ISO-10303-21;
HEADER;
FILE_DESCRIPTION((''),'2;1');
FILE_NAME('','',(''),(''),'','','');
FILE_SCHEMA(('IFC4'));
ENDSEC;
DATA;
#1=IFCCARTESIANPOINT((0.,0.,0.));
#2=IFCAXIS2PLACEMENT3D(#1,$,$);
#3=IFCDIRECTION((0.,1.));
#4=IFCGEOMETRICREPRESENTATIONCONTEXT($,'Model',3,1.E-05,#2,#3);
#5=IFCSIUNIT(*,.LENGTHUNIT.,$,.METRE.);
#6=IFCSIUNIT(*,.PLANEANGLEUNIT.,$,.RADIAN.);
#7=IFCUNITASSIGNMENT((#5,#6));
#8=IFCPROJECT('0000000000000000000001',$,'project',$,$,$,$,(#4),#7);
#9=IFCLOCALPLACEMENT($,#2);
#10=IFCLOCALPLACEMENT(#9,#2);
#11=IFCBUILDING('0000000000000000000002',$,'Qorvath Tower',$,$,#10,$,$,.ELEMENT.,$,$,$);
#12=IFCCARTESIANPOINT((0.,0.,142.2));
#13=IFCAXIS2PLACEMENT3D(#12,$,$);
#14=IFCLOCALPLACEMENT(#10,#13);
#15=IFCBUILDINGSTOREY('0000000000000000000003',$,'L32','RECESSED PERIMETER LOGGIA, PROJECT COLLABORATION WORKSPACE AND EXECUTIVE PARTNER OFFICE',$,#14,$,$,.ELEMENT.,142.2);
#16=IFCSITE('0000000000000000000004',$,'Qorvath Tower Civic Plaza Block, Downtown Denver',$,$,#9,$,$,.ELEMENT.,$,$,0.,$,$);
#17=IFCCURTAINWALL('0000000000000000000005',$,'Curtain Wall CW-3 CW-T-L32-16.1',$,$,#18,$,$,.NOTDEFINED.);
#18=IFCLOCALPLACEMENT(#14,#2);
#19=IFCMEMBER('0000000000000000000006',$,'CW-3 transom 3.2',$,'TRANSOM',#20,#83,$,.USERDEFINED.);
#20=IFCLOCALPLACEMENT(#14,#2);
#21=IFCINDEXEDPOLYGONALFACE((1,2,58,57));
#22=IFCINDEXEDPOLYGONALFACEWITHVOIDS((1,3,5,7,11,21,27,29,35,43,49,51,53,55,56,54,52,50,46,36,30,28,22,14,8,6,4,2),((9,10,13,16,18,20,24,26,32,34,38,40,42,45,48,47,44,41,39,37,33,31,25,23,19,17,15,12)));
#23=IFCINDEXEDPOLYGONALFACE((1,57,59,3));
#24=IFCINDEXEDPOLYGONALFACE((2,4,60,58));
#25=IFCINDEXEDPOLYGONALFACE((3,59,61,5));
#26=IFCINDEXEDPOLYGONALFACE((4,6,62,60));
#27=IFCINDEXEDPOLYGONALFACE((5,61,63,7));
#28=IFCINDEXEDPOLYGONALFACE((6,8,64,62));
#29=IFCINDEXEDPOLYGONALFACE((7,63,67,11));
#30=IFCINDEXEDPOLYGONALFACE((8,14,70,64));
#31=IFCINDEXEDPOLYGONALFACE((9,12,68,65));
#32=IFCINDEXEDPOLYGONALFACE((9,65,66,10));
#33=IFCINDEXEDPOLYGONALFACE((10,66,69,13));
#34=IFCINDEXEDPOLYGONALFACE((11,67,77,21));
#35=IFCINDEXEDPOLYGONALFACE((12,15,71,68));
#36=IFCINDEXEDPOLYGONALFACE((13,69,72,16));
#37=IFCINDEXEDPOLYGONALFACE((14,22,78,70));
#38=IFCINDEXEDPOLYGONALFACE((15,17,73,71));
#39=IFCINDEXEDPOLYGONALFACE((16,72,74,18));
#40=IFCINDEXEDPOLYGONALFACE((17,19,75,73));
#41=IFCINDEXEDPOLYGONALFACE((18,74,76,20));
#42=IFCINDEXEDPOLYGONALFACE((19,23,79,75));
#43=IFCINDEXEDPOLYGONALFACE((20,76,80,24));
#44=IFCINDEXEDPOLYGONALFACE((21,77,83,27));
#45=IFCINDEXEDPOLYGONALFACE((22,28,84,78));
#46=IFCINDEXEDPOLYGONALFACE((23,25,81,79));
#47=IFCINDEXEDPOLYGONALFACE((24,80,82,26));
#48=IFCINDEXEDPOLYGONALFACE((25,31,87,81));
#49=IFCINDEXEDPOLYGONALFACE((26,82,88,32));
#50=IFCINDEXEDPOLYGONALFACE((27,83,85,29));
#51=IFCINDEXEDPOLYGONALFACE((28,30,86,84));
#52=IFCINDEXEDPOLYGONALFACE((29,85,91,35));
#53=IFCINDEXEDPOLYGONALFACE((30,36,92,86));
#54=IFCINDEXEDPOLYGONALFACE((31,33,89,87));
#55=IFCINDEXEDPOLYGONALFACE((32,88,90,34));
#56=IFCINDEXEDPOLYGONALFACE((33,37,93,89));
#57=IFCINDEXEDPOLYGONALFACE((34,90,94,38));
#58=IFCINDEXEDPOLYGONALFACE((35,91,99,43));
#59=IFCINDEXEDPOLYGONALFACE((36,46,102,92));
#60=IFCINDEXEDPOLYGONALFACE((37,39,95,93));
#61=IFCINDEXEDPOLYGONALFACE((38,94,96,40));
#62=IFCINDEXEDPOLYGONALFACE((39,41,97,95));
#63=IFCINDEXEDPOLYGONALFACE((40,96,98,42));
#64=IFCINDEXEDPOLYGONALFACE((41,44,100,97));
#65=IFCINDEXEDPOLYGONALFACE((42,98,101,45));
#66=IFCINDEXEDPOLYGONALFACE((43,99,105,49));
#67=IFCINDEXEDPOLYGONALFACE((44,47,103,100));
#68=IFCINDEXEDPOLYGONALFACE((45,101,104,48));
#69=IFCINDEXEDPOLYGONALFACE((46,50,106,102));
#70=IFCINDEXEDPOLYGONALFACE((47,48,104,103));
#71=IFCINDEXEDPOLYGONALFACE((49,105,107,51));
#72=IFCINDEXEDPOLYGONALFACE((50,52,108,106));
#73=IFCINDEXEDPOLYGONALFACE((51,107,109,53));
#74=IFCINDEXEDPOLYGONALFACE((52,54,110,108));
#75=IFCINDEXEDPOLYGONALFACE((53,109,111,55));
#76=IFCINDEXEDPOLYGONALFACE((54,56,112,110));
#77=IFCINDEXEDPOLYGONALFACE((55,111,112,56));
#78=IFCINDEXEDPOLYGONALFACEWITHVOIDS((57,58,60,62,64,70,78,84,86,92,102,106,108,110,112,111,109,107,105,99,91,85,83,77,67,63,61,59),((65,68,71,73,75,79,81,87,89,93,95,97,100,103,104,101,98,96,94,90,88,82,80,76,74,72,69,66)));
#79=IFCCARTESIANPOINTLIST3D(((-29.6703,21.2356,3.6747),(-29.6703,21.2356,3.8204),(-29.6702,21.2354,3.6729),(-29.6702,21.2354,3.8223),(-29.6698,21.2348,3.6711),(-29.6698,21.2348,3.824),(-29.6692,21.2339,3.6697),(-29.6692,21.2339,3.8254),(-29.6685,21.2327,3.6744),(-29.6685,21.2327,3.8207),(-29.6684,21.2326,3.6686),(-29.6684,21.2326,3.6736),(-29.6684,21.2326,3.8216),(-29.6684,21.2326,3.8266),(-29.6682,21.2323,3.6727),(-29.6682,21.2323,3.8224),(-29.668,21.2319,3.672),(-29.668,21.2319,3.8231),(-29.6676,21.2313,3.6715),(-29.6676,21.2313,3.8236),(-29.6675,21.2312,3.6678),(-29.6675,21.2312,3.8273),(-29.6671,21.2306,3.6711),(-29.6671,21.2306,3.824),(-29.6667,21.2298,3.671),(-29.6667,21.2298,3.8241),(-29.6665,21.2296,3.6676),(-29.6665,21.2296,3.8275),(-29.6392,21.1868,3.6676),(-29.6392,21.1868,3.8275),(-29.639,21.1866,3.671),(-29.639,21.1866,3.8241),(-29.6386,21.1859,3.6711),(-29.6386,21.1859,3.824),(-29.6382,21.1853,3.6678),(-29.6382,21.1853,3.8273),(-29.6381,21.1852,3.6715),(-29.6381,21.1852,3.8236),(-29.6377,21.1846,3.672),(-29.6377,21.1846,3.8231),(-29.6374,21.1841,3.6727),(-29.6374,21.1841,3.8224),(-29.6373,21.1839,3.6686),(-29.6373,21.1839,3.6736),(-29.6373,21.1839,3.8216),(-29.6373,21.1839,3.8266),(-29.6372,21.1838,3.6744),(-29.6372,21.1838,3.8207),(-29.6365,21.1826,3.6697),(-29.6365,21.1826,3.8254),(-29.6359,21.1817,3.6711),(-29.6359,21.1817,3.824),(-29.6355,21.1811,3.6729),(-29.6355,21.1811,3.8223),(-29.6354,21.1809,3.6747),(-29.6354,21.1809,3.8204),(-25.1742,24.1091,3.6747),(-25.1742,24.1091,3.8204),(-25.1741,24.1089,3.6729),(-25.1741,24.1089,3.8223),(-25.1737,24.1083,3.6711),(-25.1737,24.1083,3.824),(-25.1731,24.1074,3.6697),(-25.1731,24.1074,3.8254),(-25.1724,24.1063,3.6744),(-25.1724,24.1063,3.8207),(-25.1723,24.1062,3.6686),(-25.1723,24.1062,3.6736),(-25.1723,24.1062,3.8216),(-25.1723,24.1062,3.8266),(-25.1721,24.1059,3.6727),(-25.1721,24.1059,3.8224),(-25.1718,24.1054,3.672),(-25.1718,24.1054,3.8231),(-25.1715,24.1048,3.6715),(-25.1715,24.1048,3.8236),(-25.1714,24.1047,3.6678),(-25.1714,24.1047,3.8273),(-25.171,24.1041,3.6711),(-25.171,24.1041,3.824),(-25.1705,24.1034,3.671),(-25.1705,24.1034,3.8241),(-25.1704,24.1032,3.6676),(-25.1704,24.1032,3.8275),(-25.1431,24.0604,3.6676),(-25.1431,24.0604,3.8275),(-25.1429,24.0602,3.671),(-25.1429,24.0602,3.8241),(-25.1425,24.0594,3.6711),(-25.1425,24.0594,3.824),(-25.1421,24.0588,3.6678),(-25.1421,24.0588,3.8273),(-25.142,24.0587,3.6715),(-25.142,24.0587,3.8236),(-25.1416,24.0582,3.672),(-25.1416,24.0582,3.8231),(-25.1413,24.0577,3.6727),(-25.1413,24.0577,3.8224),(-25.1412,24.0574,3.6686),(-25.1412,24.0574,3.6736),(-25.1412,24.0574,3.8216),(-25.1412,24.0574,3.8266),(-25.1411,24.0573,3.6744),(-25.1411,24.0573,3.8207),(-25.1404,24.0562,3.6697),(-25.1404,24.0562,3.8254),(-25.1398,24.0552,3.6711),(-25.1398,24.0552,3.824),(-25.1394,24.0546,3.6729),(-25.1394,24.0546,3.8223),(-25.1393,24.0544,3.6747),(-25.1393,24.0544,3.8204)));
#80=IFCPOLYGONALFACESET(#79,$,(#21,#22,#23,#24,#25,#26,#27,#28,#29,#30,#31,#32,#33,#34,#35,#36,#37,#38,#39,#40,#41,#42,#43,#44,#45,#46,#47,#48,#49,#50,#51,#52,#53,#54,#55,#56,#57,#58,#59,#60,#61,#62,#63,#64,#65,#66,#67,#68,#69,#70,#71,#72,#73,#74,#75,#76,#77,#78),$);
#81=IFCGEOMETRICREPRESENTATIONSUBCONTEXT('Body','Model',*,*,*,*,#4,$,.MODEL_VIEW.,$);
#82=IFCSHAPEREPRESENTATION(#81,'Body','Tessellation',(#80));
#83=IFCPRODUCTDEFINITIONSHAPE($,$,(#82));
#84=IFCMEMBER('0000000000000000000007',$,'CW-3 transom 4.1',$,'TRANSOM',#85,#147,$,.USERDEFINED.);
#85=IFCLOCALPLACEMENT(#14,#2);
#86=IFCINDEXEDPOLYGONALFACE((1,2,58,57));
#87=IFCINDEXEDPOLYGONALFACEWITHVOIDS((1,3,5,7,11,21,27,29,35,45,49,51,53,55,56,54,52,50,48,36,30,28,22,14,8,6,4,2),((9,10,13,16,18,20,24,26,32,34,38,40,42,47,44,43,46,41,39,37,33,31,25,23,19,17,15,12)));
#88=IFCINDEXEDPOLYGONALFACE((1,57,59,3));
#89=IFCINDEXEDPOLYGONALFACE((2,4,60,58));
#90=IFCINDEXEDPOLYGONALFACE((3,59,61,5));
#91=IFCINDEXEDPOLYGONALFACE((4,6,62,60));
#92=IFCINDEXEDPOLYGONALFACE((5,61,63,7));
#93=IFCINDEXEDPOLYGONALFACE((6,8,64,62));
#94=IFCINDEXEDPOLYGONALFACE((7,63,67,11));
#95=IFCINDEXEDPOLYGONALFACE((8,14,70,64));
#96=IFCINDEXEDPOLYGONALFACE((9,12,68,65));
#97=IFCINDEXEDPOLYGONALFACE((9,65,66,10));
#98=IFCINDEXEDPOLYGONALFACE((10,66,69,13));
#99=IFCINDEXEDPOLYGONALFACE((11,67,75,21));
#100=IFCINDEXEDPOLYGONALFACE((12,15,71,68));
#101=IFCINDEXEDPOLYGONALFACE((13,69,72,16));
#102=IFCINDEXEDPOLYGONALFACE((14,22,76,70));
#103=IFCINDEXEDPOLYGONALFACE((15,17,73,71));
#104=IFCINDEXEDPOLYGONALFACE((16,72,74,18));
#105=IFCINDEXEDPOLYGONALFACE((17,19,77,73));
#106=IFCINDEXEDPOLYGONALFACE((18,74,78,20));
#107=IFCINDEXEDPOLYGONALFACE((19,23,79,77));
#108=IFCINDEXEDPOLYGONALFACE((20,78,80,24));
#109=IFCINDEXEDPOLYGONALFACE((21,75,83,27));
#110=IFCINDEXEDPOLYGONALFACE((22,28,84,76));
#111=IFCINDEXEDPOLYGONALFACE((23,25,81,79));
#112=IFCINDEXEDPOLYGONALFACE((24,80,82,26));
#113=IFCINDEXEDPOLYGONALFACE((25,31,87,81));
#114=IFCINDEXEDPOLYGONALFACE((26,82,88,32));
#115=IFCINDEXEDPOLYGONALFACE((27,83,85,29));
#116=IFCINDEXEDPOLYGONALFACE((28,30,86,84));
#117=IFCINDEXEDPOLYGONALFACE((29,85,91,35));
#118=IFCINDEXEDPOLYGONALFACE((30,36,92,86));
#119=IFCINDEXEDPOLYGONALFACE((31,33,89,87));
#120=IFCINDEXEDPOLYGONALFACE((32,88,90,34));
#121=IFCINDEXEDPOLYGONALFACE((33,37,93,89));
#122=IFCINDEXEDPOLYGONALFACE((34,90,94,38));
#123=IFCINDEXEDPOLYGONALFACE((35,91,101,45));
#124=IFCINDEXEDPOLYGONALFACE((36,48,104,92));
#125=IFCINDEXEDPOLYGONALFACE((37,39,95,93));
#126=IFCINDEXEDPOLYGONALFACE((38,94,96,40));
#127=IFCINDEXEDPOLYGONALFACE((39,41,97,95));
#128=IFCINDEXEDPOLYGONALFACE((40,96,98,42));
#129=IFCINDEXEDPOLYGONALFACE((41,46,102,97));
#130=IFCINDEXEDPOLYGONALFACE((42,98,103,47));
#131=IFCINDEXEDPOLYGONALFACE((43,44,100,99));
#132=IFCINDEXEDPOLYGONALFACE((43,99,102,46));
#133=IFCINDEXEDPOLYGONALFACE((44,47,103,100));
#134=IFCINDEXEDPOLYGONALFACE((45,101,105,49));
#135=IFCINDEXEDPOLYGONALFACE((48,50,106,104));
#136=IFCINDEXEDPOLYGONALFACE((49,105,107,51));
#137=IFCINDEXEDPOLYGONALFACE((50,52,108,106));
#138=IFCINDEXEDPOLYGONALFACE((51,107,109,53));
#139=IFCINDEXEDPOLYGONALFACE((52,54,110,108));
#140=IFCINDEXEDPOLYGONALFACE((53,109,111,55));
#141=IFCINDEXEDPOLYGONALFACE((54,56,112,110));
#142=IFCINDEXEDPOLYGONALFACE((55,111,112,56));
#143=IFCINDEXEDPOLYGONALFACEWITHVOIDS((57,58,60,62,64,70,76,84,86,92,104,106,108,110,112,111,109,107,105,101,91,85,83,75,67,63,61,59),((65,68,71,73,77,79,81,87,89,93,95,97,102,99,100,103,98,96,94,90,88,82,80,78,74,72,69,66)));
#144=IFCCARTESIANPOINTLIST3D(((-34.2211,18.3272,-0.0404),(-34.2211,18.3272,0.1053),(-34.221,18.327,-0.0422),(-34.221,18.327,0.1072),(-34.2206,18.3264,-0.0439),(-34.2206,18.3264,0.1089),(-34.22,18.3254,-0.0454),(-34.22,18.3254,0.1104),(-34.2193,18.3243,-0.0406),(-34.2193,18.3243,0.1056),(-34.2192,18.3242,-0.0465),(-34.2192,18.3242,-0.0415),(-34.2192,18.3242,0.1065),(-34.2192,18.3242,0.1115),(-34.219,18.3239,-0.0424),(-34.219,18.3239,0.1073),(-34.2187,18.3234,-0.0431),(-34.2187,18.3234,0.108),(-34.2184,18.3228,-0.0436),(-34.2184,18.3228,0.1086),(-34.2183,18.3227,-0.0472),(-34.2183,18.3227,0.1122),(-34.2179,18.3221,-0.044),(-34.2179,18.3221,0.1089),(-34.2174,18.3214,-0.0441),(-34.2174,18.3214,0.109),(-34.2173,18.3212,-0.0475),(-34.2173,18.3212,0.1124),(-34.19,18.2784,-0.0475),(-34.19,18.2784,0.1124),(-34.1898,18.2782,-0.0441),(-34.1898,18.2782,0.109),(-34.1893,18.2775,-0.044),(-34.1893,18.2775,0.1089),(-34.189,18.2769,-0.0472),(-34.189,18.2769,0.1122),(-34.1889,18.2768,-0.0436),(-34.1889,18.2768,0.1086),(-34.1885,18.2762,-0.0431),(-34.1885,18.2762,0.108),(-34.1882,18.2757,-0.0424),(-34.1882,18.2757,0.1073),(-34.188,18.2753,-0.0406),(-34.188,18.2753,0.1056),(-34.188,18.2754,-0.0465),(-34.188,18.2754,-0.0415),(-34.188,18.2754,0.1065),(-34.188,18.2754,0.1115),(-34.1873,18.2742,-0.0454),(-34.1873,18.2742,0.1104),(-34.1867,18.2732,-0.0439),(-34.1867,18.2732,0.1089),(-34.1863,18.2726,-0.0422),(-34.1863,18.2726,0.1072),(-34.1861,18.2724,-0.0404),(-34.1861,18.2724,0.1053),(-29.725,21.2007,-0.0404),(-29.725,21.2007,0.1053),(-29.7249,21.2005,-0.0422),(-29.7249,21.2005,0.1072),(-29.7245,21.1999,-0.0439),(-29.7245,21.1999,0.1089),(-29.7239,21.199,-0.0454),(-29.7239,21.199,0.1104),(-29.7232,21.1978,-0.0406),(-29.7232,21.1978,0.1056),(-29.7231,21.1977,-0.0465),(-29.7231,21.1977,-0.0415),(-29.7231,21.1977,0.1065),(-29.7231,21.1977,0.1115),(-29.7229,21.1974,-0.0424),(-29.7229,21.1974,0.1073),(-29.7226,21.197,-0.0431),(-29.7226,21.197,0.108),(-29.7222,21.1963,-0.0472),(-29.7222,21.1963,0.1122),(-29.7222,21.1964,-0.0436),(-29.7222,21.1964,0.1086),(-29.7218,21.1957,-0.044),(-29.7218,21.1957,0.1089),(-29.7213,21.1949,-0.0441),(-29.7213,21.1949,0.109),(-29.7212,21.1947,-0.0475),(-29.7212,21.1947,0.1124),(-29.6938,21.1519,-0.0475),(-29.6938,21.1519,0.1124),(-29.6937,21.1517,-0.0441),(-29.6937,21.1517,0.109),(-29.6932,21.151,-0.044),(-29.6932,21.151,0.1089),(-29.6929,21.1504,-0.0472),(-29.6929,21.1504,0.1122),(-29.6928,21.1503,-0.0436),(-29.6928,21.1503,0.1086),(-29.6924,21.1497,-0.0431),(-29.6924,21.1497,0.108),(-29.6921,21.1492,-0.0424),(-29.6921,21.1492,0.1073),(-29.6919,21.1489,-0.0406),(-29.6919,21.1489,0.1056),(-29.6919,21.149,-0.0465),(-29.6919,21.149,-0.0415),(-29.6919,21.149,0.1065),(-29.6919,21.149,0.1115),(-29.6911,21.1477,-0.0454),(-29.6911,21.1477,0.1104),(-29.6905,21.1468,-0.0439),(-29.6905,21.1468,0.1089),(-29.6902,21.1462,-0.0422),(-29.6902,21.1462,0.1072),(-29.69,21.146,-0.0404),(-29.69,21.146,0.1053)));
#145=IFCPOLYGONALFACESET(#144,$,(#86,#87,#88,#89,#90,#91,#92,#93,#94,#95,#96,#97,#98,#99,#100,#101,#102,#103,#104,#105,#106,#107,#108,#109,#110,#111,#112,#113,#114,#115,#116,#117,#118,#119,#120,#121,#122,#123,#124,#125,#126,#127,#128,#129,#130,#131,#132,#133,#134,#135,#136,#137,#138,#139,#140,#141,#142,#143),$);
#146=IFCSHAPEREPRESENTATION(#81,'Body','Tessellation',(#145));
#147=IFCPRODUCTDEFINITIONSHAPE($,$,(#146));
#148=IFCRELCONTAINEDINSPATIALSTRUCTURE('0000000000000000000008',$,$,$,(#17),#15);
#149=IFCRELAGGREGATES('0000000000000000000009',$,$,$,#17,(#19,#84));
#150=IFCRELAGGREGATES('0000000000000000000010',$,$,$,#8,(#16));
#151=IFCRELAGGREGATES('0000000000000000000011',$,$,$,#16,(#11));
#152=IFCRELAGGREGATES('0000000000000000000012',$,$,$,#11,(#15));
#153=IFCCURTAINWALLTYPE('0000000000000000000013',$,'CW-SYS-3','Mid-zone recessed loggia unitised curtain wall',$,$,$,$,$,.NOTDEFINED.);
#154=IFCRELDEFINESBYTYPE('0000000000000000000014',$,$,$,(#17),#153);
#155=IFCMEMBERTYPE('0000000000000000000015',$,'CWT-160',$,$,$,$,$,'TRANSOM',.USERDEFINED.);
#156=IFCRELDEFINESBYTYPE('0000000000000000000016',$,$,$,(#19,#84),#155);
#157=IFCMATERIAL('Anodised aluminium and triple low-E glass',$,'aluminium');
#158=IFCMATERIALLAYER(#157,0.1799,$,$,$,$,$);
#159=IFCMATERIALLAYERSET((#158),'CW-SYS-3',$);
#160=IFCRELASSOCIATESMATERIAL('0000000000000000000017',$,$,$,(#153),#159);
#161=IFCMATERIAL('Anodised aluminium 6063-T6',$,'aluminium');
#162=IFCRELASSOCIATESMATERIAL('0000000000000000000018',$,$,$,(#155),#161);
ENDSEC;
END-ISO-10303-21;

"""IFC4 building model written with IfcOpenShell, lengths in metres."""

from ifc_helpers import new_model, si_unit, direction, frame, origin, origin_2d, place, context, subcontext, project, spatial, hollow_rectangle, extrude, material, layer, layer_set, material_profile, profile_set, type_object, element, aggregate, save


model = new_model("IFC4")

# Units and contexts
model_context = context("Model", 3, precision=1e-05, world=origin(), true_north=direction((0.0, 1.0)))
body_context = subcontext(model_context, "Body", "Model", "MODEL_VIEW")
ifc_project = project(units=[si_unit("LENGTHUNIT", "METRE"), si_unit("PLANEANGLEUNIT", "RADIAN")], contexts=[model_context])

# Site, building, storey
site_placement = place(None, origin())
site = spatial("IfcSite", under=ifc_project, at=site_placement, Name="Qorvath Tower Civic Plaza Block, Downtown Denver", CompositionType="ELEMENT", RefElevation=0.0)
building_placement = place(site_placement, origin())
building = spatial("IfcBuilding", under=site, at=building_placement, Name="Qorvath Tower", CompositionType="ELEMENT")
storey_placement = place(building_placement, frame((0.0, 0.0, 142.2)))
storey = spatial("IfcBuildingStorey", under=building, at=storey_placement, Name="L32", Description="RECESSED PERIMETER LOGGIA, PROJECT COLLABORATION WORKSPACE AND EXECUTIVE PARTNER OFFICE", CompositionType="ELEMENT", Elevation=142.2)

# Curtain wall, members
ifc_material_1 = material(Name="Anodised aluminium and triple low-E glass", Category="aluminium")
ifc_layer_1 = layer(ifc_material_1, 0.1799)
ifc_layer_set_1 = layer_set([ifc_layer_1], Name="CW-SYS-3")
curtain_wall_type = type_object("IfcCurtainWallType", Name="CW-SYS-3", Description="Mid-zone recessed loggia unitised curtain wall", PredefinedType="NOTDEFINED", material=ifc_layer_set_1)
curtain_wall_placement = place(storey_placement, origin())
curtain_wall = element("IfcCurtainWall", 1, at=curtain_wall_placement, inside=storey, type_object=curtain_wall_type, Name="Curtain Wall CW-3 CW-T-L32-16.1", PredefinedType="NOTDEFINED")
ifc_material_2 = material(Name="Anodised aluminium 6063-T6", Category="aluminium")
ifc_material_profile_1 = material_profile(ifc_material_2, hollow_rectangle(XDim=0.0649, YDim=0.1599, WallThickness=0.0034, InnerFilletRadius=0.0034, OuterFilletRadius=0.0071, at=origin_2d()), Name="CWT 160x65")
ifc_profile_set_1 = profile_set([ifc_material_profile_1], Name="Anodised aluminium 6063-T6")
member_type_1 = type_object("IfcMemberType", Name="CWT-160", ElementType="TRANSOM", PredefinedType="USERDEFINED", material=ifc_profile_set_1)
member_1_placement = place(storey_placement, frame((-25.1567, 24.0818, 3.7476), z_axis=(-0.842609, -0.538526, 0.0), x_axis=(0.538526, -0.842609, 0.0)))
member_1 = element("IfcMember", 2, at=member_1_placement, type_object=member_type_1, Name="CW-3 transom 3.2", ObjectType="TRANSOM", PredefinedType="USERDEFINED", context=body_context, shape_type="SweptSolid", body=[
    extrude(hollow_rectangle(XDim=0.0649, YDim=0.1599, WallThickness=0.0034, InnerFilletRadius=0.0034, OuterFilletRadius=0.0071, at=origin_2d()), origin(), (0.0, 0.0, 1.0), 5.3359),
])
member_2_placement = place(storey_placement, frame((-29.7075, 21.1733, 0.0325), z_axis=(-0.842609, -0.538526, 0.0), x_axis=(0.538526, -0.842609, 0.0)))
member_2 = element("IfcMember", 3, at=member_2_placement, type_object=member_type_1, Name="CW-3 transom 4.1", ObjectType="TRANSOM", PredefinedType="USERDEFINED", context=body_context, shape_type="SweptSolid", body=[
    extrude(hollow_rectangle(XDim=0.0649, YDim=0.1599, WallThickness=0.0034, InnerFilletRadius=0.0034, OuterFilletRadius=0.0071, at=origin_2d()), origin(), (0.0, 0.0, 1.0), 5.3359),
])
aggregate(curtain_wall, [member_1, member_2])

save(model, "model.ifc")
